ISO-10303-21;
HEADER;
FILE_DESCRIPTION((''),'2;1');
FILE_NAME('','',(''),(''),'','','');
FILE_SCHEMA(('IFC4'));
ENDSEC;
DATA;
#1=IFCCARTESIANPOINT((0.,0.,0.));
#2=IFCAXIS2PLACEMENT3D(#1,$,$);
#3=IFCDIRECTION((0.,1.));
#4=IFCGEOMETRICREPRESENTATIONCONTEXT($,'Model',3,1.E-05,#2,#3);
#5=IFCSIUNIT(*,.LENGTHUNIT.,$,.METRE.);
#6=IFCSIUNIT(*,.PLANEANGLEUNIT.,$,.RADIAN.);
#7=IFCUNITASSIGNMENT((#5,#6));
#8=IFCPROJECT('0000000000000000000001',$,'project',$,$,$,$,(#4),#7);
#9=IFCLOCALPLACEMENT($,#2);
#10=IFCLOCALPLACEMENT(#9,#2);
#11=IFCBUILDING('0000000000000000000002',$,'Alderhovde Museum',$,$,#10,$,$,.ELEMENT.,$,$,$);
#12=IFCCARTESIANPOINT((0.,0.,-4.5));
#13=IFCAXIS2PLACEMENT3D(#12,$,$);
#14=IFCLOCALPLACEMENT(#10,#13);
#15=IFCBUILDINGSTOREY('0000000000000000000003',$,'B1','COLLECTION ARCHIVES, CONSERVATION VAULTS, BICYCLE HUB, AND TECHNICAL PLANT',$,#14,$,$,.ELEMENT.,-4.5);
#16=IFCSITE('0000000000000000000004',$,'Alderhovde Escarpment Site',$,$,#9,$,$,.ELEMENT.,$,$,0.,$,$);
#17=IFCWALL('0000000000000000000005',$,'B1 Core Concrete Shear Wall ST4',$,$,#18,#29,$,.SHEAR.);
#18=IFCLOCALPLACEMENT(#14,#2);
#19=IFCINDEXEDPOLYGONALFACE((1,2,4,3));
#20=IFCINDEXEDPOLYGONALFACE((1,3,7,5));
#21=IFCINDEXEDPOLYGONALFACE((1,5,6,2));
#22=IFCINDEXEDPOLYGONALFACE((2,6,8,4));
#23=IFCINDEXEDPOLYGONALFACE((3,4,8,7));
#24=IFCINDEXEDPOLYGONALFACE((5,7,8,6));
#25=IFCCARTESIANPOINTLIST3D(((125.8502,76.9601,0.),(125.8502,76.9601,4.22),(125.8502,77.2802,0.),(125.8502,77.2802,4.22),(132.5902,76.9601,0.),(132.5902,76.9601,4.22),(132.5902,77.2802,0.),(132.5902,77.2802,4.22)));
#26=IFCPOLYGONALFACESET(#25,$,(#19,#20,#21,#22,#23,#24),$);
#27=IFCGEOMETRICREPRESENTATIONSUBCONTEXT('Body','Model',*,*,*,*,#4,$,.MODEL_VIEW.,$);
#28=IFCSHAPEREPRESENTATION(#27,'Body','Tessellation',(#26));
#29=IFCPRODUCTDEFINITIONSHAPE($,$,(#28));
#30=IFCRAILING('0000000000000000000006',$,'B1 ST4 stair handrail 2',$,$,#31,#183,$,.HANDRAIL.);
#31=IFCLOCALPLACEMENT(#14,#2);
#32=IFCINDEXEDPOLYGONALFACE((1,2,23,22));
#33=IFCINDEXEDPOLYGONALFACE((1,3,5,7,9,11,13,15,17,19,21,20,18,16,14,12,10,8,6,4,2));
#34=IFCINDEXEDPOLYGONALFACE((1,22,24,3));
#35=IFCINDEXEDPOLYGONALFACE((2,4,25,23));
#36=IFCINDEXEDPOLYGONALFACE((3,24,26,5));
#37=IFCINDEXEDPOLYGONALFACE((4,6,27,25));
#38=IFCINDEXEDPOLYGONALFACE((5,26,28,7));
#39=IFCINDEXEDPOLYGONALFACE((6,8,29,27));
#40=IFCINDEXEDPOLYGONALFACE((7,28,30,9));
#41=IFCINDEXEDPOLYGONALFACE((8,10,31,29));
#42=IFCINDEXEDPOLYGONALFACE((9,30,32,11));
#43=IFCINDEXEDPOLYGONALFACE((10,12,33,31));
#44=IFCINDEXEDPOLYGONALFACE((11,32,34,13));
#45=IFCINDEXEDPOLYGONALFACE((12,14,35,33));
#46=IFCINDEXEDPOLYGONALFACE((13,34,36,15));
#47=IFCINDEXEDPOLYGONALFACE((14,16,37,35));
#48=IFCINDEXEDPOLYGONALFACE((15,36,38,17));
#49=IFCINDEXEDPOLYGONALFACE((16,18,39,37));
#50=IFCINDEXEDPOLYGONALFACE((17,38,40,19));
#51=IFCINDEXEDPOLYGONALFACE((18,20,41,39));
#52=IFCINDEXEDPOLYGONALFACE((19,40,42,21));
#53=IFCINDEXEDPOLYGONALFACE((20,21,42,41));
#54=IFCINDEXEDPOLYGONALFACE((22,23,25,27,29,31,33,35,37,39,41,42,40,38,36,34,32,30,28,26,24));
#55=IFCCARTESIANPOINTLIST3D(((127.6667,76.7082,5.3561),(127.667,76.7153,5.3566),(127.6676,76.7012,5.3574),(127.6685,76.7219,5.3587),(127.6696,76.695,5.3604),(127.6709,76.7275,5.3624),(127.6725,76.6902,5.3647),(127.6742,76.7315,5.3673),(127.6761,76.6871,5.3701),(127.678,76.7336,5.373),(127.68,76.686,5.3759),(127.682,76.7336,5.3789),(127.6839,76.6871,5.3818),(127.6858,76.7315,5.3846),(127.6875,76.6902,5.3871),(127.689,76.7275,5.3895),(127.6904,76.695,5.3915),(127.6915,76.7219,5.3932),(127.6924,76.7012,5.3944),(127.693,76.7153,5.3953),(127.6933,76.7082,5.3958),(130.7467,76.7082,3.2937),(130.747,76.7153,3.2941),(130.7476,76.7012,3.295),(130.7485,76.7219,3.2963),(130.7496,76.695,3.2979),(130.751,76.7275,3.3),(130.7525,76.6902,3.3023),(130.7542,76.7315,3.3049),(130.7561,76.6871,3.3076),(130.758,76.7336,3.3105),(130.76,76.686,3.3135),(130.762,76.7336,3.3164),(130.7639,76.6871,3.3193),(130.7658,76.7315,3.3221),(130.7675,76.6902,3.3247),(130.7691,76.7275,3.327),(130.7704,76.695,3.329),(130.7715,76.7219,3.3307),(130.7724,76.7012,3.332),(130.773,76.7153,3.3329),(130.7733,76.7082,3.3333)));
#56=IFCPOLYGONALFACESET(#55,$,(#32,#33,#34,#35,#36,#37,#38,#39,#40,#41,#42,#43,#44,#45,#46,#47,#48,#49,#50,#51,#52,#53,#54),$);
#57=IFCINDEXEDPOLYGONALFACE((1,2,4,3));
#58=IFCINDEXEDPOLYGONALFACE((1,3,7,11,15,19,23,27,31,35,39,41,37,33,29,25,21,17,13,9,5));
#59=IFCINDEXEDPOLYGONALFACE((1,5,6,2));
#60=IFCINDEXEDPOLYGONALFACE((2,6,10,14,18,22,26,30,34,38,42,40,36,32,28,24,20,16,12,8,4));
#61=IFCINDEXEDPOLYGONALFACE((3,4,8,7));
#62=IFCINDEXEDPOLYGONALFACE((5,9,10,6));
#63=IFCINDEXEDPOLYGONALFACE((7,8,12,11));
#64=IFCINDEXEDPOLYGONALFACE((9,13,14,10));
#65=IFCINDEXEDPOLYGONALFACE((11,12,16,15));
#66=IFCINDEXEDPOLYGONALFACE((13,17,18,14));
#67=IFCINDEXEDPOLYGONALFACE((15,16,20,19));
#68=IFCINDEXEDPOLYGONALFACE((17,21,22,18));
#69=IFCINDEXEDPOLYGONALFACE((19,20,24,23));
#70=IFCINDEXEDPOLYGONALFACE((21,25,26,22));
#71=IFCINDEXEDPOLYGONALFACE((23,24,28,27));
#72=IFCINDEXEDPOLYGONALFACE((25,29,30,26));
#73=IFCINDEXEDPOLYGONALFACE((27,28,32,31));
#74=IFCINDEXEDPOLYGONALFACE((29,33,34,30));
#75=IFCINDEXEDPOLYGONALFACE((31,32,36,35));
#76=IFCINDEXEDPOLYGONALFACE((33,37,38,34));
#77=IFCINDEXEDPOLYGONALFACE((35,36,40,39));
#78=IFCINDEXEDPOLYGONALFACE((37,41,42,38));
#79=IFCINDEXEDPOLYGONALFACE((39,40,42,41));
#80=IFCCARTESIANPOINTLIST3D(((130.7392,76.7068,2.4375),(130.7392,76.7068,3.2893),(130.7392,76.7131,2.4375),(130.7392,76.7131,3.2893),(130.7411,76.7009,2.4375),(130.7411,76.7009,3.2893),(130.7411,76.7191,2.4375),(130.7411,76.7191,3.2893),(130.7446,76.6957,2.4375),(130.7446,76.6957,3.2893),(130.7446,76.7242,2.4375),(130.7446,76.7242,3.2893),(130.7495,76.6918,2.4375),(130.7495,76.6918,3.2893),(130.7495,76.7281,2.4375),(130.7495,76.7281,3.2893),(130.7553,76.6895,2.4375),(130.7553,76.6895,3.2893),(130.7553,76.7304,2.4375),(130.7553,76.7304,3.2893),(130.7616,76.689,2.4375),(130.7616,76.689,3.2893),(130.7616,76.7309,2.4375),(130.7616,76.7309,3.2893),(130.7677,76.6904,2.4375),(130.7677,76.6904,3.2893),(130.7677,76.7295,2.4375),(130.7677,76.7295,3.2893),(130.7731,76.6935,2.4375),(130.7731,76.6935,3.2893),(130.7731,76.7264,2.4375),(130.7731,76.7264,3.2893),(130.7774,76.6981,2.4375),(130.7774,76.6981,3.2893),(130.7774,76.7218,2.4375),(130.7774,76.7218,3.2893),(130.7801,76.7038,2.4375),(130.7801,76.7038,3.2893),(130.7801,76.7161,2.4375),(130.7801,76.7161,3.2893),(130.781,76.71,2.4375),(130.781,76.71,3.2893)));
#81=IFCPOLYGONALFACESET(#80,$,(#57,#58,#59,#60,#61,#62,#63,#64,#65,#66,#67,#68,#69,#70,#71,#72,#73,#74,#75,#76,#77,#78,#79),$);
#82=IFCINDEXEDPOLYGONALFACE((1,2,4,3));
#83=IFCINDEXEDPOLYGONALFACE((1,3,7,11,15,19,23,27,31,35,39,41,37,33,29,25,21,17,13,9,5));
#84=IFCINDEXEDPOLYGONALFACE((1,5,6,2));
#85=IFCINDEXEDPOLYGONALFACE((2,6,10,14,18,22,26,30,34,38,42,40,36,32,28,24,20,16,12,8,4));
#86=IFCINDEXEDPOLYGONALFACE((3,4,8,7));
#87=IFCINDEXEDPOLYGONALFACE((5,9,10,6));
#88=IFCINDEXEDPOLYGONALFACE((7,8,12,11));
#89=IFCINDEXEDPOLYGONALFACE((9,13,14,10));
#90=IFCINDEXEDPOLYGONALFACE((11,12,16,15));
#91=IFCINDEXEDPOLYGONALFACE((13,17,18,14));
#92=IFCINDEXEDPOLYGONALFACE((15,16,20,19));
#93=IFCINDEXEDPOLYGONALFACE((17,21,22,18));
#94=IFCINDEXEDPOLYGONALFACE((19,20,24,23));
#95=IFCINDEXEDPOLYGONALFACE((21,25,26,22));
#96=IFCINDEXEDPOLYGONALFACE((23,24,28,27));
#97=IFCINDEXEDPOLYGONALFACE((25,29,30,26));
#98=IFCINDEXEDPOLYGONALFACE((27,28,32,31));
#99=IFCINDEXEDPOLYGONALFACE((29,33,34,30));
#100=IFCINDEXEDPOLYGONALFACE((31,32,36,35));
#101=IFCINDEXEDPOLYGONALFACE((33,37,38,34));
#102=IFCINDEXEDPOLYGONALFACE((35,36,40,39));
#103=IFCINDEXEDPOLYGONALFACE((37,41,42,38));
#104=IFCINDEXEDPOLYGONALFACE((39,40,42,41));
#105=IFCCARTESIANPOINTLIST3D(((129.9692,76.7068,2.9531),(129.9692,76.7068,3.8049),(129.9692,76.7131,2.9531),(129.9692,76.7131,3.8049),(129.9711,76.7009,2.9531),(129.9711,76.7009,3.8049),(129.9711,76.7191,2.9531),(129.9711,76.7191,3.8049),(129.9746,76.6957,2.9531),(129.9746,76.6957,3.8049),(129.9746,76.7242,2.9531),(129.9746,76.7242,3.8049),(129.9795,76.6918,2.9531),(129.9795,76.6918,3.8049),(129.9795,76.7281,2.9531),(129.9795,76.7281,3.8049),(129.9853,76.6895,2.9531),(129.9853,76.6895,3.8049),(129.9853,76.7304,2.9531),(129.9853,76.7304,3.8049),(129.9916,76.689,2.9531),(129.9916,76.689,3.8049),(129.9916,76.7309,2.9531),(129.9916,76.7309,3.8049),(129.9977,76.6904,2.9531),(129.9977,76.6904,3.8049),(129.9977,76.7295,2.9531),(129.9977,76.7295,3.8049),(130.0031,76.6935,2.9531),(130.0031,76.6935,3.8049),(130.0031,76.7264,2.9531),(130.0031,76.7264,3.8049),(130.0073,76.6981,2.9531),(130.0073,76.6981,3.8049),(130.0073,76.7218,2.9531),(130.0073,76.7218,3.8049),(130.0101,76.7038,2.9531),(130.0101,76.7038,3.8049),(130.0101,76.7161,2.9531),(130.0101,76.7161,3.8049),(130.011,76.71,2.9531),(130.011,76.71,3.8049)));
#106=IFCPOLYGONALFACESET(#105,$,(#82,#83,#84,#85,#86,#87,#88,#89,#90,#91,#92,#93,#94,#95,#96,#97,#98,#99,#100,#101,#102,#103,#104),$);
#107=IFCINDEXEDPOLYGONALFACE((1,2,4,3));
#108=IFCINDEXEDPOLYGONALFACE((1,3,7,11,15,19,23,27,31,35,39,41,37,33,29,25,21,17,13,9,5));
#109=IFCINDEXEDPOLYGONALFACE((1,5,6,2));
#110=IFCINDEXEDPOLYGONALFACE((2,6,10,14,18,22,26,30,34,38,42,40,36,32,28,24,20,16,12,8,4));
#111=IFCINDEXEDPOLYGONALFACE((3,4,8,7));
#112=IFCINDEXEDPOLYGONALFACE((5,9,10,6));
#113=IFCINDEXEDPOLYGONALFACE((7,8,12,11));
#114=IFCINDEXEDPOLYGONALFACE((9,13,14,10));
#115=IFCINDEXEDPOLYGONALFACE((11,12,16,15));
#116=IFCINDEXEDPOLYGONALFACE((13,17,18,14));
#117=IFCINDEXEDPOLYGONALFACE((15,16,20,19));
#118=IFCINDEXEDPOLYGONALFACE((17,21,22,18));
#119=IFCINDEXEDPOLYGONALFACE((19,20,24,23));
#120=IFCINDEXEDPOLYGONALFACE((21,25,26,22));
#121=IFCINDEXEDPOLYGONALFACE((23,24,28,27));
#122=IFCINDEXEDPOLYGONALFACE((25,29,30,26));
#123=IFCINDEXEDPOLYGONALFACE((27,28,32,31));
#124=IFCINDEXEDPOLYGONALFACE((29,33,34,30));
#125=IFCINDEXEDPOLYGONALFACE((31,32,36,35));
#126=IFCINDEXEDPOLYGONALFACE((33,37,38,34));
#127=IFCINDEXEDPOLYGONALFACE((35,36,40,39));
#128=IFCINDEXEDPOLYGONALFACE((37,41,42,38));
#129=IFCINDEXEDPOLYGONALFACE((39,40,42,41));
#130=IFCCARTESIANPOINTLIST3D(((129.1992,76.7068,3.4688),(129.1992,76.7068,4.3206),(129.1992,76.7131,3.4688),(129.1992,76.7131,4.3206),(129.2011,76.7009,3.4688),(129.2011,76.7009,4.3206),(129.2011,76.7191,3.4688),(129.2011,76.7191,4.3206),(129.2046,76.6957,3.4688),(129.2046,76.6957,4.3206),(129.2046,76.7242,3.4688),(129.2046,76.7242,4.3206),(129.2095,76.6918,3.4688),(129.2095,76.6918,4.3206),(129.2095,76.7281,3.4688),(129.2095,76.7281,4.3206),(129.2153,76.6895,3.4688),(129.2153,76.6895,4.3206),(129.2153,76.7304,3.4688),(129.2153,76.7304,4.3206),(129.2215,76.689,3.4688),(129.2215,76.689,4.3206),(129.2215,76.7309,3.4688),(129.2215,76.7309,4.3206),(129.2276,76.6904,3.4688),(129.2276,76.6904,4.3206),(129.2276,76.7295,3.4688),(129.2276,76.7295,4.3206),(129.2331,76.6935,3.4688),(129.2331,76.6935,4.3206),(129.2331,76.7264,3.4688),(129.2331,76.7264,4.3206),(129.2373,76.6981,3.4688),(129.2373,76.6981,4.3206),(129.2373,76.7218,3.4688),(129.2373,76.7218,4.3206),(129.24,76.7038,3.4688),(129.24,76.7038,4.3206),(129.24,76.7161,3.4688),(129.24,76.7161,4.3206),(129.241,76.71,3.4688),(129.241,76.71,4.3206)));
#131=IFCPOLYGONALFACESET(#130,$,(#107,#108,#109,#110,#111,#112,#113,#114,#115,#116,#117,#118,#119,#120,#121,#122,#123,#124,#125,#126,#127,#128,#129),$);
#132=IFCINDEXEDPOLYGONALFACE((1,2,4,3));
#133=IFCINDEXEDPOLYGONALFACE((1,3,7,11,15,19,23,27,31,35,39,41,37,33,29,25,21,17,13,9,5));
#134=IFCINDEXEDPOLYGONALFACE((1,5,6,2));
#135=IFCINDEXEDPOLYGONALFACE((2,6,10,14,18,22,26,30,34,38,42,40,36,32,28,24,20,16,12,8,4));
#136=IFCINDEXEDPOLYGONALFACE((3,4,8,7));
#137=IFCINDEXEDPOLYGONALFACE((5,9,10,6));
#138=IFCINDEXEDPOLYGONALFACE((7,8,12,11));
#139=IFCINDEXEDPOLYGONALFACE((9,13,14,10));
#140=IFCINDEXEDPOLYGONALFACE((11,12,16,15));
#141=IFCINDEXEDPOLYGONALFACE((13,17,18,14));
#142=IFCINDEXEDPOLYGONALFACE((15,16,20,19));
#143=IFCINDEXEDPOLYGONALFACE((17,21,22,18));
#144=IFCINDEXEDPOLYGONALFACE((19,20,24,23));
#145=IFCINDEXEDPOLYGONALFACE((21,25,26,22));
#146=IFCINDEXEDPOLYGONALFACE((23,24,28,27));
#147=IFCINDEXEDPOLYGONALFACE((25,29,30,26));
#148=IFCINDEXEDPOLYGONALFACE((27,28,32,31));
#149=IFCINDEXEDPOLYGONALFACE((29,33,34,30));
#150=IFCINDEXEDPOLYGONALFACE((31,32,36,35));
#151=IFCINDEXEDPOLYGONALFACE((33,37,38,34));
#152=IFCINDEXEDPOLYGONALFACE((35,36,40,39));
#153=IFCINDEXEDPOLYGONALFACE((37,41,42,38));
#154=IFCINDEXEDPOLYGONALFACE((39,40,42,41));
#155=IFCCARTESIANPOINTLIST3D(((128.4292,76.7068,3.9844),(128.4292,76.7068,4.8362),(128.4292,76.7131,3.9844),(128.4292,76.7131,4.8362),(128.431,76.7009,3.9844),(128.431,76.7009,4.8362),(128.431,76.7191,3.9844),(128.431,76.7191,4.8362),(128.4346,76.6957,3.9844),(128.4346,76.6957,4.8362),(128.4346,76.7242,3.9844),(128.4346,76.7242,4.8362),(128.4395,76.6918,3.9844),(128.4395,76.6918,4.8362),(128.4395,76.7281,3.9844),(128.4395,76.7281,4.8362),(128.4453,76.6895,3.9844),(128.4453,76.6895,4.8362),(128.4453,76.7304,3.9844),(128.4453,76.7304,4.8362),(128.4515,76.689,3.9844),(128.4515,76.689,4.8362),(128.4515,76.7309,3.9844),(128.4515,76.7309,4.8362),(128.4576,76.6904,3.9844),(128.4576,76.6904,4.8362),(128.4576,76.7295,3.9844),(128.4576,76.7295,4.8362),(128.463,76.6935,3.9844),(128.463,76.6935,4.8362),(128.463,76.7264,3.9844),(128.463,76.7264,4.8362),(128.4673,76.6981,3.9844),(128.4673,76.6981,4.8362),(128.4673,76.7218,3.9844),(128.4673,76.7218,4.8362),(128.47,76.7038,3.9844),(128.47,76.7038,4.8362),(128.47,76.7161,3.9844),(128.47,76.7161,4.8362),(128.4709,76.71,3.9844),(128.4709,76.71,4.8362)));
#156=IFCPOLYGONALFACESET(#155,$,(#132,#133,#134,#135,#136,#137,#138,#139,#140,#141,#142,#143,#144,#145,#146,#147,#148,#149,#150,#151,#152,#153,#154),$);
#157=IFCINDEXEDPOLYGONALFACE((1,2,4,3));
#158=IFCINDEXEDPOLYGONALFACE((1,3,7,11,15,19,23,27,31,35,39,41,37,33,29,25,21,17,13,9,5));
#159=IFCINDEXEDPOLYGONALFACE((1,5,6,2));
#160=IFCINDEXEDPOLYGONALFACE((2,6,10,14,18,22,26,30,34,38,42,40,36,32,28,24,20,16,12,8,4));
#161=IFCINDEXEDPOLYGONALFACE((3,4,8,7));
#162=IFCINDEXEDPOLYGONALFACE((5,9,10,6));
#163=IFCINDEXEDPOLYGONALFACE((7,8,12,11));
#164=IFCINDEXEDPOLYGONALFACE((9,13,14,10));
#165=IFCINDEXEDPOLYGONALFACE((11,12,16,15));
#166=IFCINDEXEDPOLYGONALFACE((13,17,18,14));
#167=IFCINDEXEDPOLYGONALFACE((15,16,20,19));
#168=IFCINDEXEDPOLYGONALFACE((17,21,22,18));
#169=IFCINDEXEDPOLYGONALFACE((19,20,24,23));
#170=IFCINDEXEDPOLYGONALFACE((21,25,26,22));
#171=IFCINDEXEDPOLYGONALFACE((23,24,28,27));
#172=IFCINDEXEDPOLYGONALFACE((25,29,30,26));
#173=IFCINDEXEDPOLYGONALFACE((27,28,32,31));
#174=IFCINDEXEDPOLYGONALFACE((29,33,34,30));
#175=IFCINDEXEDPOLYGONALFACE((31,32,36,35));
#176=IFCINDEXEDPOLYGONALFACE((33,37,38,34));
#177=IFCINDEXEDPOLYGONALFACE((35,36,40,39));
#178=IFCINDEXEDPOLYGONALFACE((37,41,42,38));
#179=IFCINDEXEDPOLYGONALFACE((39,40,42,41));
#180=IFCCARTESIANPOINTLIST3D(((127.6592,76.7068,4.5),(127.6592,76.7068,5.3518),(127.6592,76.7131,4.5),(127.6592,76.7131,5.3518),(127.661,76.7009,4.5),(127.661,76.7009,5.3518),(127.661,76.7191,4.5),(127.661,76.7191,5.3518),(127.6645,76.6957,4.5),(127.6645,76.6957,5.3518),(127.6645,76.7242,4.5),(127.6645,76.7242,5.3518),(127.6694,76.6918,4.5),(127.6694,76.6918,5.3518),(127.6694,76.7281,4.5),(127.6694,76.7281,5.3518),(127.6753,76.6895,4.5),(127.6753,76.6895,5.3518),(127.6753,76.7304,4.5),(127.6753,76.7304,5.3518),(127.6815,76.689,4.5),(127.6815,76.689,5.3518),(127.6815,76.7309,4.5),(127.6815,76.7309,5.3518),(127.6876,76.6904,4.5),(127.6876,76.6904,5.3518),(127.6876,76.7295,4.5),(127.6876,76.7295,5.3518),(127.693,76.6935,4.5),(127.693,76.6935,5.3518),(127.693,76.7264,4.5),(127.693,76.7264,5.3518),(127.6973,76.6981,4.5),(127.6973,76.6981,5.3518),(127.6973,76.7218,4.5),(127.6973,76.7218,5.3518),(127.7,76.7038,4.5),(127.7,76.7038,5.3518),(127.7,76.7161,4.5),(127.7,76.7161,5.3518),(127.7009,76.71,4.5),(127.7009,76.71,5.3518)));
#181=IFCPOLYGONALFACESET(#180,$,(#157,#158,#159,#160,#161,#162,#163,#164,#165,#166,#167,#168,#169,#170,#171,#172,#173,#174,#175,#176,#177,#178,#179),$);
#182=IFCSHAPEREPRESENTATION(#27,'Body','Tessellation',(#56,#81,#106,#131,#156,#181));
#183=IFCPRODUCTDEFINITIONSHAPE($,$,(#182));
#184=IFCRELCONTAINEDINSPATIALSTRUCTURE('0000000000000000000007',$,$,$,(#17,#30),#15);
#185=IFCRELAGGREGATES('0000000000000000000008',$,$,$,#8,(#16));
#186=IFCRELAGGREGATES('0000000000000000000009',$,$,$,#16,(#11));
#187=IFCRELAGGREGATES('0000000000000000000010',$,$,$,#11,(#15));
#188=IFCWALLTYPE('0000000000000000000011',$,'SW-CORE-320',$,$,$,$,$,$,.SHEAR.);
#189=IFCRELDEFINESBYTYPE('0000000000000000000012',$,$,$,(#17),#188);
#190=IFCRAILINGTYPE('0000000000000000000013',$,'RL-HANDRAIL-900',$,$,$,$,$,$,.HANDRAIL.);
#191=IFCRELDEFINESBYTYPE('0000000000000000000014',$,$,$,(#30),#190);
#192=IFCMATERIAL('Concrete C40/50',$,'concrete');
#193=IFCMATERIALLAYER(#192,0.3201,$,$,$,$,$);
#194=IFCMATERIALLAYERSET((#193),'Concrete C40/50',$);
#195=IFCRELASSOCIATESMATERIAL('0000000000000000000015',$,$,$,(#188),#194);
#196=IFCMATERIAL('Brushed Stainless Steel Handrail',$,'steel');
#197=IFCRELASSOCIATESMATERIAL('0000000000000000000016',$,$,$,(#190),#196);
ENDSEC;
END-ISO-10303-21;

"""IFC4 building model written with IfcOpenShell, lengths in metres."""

from ifc_helpers import new_model, si_unit, direction, frame, frame_2d, origin, origin_2d, place, context, subcontext, project, spatial, rectangle, circle, extrude, material, layer, layer_set, type_object, element, save


model = new_model("IFC4")

# Units and contexts
model_context = context("Model", 3, precision=1e-05, world=origin(), true_north=direction((0.0, 1.0)))
body_context = subcontext(model_context, "Body", "Model", "MODEL_VIEW")
ifc_project = project(units=[si_unit("LENGTHUNIT", "METRE"), si_unit("PLANEANGLEUNIT", "RADIAN")], contexts=[model_context])

# Site, building, storey
site_placement = place(None, origin())
site = spatial("IfcSite", under=ifc_project, at=site_placement, Name="Alderhovde Escarpment Site", CompositionType="ELEMENT", RefElevation=0.0)
building_placement = place(site_placement, origin())
building = spatial("IfcBuilding", under=site, at=building_placement, Name="Alderhovde Museum", CompositionType="ELEMENT")
storey_placement = place(building_placement, frame((0.0, 0.0, -4.5)))
storey = spatial("IfcBuildingStorey", under=building, at=storey_placement, Name="B1", Description="COLLECTION ARCHIVES, CONSERVATION VAULTS, BICYCLE HUB, AND TECHNICAL PLANT", CompositionType="ELEMENT", Elevation=-4.5)

# Wall
ifc_material_1 = material(Name="Concrete C40/50", Category="concrete")
ifc_layer_1 = layer(ifc_material_1, 0.3201)
ifc_layer_set_1 = layer_set([ifc_layer_1], Name="Concrete C40/50")
wall_type_1 = type_object("IfcWallType", Name="SW-CORE-320", PredefinedType="SHEAR", material=ifc_layer_set_1)
wall_1_placement = place(storey_placement, frame((125.8501, 77.1201, 0.0), z_axis=(0.0, 0.0, 1.0), x_axis=(1.0, 0.0, 0.0)))
element("IfcWall", 1, at=wall_1_placement, inside=storey, type_object=wall_type_1, Name="B1 Core Concrete Shear Wall ST4", PredefinedType="SHEAR", context=body_context, shape_type="SweptSolid", body=[
    extrude(rectangle(XDim=6.74, YDim=0.3201, at=frame_2d((3.3701, 0.0))), origin(), (0.0, 0.0, 1.0), 4.22),
])

# Railing
ifc_material_2 = material(Name="Brushed Stainless Steel Handrail", Category="steel")
railing_type = type_object("IfcRailingType", Name="RL-HANDRAIL-900", PredefinedType="HANDRAIL", material=ifc_material_2)
railing_placement = place(storey_placement, frame((130.76, 76.71, 2.4375)))
element("IfcRailing", 2, at=railing_placement, inside=storey, type_object=railing_type, Name="B1 ST4 stair handrail 2", PredefinedType="HANDRAIL", context=body_context, shape_type="SweptSolid", body=[
    extrude(circle(Radius=0.0239, at=origin_2d()), frame((0.0, 0.0, 0.876), z_axis=(-0.830914, 0.0, 0.556401), x_axis=(0.0, -1.0, 0.0)), (0.0, 0.0, 1.0), 3.7068),
    extrude(circle(Radius=0.021, at=origin_2d()), origin(), (0.0, 0.0, 1.0), 0.8518),
    extrude(circle(Radius=0.021, at=origin_2d()), frame((-0.77, 0.0, 0.5156)), (0.0, 0.0, 1.0), 0.8518),
    extrude(circle(Radius=0.021, at=origin_2d()), frame((-1.54, 0.0, 1.0312)), (0.0, 0.0, 1.0), 0.8518),
    extrude(circle(Radius=0.021, at=origin_2d()), frame((-2.3101, 0.0, 1.5469)), (0.0, 0.0, 1.0), 0.8518),
    extrude(circle(Radius=0.021, at=origin_2d()), frame((-3.0801, 0.0, 2.0625)), (0.0, 0.0, 1.0), 0.8518),
])

save(model, "model.ifc")
